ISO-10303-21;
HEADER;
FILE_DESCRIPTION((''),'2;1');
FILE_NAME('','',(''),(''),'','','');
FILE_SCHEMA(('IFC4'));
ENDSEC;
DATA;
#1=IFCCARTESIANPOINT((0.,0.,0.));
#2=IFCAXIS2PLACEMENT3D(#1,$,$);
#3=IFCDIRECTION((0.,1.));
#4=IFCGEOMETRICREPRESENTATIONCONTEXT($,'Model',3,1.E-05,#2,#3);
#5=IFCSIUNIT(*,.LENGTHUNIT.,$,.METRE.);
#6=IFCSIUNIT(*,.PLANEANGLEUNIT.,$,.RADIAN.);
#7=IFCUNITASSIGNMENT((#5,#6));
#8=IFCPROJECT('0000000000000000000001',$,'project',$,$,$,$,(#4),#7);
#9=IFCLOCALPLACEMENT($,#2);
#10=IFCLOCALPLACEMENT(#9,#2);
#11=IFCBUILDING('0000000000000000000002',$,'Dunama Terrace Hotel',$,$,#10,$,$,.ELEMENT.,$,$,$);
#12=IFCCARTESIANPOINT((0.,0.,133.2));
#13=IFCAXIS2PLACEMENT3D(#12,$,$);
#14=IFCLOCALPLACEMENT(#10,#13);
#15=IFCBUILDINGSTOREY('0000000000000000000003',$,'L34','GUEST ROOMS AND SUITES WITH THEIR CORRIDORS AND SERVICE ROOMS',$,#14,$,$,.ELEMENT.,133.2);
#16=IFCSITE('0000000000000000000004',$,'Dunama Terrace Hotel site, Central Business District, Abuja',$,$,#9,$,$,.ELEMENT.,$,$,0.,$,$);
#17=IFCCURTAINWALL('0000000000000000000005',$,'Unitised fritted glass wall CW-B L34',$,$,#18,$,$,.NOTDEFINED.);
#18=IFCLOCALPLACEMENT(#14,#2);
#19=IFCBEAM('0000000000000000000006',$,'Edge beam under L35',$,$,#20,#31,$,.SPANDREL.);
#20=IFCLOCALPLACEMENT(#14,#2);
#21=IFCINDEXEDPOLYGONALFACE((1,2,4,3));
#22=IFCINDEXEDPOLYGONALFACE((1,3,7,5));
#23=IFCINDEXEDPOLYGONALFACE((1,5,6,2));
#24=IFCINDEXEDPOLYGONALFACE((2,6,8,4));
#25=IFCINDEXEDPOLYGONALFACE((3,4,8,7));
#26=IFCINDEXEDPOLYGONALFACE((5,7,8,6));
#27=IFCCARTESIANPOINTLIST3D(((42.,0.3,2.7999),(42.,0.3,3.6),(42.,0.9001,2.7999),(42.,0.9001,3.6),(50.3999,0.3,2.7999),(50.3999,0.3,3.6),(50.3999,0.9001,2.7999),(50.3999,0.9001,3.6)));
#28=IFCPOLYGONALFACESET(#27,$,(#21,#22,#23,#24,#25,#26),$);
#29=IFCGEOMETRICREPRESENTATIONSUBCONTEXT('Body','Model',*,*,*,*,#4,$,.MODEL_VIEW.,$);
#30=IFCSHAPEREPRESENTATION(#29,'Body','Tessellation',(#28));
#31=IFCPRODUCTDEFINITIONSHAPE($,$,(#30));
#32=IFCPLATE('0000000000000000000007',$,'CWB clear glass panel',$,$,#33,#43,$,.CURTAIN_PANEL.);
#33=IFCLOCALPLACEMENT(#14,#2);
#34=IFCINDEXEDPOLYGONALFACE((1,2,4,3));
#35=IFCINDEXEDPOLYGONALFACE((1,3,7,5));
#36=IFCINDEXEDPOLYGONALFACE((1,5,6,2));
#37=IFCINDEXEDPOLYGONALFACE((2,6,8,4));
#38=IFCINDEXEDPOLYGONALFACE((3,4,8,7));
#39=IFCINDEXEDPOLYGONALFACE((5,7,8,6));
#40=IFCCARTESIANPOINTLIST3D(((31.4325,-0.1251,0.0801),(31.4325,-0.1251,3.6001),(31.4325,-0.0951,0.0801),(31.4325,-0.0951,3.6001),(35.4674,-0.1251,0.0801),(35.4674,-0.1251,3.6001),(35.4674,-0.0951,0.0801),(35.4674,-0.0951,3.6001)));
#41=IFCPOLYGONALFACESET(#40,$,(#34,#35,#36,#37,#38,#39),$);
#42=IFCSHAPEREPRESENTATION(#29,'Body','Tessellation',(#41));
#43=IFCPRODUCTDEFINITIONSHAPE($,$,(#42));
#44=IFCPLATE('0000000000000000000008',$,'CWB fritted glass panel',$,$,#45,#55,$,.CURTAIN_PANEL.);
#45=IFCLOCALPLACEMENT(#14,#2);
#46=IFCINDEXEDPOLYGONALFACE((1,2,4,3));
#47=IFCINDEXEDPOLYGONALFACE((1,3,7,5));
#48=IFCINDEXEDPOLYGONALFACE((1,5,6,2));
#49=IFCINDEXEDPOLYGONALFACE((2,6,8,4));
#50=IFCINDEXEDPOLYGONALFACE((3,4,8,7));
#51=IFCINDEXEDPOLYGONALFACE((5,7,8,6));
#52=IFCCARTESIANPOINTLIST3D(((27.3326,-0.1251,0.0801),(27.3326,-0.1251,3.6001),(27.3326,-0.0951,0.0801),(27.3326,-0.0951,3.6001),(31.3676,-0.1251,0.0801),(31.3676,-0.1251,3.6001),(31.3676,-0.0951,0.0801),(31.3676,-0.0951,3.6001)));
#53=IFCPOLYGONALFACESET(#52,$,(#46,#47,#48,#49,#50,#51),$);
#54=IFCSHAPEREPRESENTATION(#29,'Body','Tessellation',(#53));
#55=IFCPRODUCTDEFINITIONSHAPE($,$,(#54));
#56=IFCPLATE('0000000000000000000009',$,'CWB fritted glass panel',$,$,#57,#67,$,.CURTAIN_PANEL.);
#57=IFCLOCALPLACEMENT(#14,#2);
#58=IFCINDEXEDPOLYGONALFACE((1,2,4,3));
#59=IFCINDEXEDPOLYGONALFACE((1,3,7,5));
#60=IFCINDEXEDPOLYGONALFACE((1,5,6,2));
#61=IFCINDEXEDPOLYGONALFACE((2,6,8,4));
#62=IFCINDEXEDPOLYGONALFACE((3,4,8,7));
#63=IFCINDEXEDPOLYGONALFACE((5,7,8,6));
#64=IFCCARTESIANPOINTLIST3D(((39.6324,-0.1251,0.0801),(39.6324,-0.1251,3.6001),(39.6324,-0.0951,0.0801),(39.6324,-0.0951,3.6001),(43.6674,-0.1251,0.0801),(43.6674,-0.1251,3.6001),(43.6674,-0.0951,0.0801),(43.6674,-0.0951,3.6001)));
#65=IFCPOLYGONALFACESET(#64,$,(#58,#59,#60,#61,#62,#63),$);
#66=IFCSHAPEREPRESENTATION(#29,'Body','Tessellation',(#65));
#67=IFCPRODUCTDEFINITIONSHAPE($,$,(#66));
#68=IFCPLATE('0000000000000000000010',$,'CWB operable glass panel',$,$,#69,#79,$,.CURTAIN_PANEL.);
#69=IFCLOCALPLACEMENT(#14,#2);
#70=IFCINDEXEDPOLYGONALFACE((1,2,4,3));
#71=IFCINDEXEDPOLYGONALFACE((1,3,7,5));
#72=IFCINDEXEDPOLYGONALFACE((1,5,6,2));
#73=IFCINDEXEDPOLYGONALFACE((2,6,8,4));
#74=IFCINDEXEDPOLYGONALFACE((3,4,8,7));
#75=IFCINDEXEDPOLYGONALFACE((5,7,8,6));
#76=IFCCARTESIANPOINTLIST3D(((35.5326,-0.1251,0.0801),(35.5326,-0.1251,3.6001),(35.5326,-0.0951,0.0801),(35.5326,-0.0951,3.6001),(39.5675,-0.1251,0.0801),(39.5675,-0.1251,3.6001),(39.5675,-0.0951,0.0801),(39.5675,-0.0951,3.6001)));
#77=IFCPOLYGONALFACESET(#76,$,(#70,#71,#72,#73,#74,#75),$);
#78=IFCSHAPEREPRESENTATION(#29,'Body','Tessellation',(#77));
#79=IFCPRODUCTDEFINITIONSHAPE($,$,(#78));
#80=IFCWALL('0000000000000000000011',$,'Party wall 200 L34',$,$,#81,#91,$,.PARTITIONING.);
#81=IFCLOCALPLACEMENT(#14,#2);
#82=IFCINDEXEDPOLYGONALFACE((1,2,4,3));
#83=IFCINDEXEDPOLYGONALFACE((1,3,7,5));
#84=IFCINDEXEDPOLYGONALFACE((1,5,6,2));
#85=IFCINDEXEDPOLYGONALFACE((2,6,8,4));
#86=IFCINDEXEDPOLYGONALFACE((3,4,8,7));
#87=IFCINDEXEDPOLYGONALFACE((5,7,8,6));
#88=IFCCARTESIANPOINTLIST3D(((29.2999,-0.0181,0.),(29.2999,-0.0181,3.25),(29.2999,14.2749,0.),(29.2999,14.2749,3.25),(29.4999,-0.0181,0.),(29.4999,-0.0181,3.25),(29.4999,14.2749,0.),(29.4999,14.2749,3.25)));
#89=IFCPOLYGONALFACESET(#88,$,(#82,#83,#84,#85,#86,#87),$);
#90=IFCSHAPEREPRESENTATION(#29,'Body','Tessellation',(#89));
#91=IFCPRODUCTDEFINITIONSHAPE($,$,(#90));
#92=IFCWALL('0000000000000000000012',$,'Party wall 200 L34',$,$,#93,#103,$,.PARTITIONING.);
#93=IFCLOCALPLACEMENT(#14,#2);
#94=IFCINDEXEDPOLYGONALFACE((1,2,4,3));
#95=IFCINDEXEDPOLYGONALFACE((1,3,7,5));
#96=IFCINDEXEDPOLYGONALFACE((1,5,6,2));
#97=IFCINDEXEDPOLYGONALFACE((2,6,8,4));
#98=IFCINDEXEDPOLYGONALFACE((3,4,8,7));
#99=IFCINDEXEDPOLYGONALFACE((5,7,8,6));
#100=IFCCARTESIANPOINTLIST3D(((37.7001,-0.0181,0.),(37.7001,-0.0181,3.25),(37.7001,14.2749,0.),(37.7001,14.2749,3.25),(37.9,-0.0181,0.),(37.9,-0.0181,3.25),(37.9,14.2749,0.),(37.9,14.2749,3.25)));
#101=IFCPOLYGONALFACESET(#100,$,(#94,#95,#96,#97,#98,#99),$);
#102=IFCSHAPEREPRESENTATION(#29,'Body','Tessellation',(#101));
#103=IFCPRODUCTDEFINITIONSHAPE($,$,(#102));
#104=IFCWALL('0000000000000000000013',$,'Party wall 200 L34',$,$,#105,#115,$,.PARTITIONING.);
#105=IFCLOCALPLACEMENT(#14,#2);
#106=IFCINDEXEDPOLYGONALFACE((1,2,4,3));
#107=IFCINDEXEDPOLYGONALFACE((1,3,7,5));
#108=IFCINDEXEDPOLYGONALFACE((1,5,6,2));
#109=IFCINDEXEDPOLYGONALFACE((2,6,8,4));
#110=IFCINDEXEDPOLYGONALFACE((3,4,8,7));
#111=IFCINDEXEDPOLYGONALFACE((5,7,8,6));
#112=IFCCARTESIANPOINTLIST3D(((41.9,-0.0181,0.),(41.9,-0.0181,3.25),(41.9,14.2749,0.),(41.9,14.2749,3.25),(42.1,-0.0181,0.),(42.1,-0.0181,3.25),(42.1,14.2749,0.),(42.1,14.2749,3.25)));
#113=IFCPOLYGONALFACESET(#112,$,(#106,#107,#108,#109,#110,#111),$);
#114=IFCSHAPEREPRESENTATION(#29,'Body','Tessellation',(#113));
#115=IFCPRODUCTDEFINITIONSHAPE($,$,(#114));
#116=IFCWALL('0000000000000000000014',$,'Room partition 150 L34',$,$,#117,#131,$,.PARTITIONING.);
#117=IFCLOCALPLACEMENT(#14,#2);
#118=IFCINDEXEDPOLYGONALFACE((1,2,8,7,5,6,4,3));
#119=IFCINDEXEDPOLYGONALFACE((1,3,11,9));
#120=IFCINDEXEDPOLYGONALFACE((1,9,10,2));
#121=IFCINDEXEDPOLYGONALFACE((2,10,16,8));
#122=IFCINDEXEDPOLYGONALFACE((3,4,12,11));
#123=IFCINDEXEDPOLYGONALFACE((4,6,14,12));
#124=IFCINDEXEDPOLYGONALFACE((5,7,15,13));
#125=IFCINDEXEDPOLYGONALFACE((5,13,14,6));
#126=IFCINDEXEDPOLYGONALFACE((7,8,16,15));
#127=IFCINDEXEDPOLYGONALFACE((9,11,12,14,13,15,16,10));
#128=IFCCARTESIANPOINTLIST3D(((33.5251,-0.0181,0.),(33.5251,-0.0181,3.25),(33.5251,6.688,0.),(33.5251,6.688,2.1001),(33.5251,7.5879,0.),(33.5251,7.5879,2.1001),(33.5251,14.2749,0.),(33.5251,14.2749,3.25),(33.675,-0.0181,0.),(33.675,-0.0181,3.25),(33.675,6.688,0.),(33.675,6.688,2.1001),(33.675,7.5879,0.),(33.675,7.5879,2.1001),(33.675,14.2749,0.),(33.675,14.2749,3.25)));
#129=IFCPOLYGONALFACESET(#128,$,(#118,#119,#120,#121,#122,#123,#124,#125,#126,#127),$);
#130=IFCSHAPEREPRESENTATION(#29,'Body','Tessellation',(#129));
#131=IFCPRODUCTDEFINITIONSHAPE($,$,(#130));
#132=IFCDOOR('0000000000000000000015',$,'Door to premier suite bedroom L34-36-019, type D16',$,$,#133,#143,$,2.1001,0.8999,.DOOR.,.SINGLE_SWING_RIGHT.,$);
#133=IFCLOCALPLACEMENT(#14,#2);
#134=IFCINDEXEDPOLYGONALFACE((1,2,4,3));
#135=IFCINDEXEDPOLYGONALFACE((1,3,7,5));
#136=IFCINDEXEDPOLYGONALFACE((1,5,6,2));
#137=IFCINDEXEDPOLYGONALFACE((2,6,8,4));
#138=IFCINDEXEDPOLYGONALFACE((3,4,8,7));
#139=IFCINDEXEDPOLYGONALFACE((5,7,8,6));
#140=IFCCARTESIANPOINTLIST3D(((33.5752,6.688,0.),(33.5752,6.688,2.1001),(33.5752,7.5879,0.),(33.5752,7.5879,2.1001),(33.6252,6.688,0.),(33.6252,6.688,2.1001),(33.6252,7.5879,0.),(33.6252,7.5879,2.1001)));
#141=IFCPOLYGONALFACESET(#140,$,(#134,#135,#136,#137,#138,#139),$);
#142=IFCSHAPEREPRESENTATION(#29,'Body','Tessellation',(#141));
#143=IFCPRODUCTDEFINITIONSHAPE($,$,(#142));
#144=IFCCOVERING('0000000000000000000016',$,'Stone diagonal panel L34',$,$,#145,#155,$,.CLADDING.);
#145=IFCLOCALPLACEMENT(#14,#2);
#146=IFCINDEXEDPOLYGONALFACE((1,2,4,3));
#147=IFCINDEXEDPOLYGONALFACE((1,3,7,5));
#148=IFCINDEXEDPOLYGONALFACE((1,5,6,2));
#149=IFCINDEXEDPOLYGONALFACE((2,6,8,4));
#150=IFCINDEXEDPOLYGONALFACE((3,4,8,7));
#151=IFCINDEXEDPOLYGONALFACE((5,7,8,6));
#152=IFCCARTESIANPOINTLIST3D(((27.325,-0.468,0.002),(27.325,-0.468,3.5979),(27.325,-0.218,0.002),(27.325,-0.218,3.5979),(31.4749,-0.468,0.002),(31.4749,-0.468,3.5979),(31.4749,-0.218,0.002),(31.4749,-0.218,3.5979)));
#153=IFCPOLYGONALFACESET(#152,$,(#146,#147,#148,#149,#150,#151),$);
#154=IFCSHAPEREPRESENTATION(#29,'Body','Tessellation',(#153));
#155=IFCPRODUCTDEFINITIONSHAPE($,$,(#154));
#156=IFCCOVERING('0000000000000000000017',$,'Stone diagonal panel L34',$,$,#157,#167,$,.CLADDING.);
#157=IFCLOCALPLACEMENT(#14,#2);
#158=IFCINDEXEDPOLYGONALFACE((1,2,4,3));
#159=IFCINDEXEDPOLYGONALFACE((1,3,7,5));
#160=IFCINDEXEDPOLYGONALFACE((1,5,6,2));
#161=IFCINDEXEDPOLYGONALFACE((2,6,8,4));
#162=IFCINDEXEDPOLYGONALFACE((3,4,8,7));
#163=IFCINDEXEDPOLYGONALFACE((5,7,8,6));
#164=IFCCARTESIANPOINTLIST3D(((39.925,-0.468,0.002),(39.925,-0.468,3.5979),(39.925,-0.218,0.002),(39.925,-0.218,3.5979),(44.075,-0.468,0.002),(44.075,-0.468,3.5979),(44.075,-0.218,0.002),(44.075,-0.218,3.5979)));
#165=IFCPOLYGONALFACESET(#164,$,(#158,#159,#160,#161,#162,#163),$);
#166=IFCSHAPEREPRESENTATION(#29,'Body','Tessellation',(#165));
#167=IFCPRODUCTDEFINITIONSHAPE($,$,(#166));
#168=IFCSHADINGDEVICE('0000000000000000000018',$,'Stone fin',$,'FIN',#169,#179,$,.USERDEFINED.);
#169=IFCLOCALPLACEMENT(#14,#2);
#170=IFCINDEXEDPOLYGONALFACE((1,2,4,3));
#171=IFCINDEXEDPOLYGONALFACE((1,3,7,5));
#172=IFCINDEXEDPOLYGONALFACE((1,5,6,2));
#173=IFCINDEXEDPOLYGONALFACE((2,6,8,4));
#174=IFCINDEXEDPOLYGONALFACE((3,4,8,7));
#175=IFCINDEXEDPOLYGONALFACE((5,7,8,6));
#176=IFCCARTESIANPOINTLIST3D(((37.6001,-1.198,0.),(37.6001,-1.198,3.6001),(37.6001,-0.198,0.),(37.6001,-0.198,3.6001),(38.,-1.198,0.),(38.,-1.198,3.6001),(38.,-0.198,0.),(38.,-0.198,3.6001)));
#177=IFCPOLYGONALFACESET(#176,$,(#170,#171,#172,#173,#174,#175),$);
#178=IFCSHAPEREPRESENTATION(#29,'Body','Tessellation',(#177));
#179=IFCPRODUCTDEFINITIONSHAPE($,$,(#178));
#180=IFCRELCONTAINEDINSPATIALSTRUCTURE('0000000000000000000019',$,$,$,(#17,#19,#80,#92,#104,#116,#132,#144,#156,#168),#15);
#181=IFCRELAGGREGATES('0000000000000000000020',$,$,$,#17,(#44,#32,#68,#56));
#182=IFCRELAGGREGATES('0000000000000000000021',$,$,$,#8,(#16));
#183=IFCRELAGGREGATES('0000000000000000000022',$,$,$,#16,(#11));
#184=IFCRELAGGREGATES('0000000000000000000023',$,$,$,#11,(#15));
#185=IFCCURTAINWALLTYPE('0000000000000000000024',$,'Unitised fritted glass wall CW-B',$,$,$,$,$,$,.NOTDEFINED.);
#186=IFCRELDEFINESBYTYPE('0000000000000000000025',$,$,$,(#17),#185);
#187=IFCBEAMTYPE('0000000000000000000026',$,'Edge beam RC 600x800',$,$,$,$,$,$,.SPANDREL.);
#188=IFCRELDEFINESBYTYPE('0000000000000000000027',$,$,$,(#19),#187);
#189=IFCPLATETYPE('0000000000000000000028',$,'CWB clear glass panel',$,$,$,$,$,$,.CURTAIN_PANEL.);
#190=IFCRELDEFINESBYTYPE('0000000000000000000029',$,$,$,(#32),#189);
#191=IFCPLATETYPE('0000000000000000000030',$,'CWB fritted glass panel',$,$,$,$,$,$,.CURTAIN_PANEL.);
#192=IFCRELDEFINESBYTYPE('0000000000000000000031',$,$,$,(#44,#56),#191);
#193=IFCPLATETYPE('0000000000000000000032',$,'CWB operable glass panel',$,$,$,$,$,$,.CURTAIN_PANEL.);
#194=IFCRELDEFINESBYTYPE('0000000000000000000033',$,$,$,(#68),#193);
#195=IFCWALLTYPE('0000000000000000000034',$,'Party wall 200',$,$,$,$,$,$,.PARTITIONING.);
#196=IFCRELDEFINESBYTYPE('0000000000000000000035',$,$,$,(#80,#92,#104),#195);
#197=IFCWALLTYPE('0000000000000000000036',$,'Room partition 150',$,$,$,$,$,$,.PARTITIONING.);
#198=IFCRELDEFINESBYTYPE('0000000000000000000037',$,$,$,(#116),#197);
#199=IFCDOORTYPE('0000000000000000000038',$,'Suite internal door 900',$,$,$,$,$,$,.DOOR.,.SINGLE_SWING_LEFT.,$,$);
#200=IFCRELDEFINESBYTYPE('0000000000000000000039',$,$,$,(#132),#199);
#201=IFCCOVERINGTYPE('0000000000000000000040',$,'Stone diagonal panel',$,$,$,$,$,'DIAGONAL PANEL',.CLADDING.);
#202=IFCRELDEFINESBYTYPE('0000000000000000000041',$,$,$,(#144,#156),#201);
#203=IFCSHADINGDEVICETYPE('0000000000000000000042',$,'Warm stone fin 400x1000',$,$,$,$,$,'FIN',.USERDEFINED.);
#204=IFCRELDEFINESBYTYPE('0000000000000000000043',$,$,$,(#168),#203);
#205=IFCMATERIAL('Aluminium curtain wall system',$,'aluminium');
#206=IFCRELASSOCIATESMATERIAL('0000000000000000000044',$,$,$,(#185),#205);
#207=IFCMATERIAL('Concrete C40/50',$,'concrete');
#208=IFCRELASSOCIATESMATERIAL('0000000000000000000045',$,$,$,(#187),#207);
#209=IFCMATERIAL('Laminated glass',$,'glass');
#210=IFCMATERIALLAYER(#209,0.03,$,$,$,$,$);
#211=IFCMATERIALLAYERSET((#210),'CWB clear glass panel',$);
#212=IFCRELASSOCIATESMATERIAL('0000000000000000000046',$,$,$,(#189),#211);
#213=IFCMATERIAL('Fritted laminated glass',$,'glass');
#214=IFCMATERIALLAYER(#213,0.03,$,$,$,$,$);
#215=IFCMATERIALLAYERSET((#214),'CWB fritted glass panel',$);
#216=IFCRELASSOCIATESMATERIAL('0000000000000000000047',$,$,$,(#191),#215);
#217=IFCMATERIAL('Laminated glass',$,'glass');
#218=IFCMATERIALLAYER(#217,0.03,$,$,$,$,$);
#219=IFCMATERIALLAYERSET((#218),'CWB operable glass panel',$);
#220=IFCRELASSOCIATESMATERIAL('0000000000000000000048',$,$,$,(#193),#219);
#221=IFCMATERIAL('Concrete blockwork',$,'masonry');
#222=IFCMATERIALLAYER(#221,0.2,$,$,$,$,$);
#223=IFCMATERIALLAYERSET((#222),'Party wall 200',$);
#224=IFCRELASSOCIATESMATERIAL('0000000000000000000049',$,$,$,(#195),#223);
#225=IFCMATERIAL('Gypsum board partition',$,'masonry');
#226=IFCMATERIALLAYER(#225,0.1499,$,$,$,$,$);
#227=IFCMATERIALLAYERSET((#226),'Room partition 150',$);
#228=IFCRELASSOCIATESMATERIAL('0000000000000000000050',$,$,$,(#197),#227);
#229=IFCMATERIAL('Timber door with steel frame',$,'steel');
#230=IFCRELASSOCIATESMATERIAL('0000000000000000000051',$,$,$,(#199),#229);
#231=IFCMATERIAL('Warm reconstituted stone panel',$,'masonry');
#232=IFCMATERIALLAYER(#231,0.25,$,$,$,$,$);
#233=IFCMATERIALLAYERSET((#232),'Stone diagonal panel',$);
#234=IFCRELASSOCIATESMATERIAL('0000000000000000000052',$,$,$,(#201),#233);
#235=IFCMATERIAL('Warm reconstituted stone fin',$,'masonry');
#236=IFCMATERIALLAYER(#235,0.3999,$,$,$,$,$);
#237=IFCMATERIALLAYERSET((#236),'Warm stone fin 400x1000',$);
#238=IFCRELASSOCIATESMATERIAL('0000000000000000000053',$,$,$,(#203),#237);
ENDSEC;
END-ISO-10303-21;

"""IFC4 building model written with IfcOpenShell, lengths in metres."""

from ifc_helpers import new_model, si_unit, direction, frame, frame_2d, origin, origin_2d, place, context, subcontext, project, spatial, rectangle, extrude, material, layer, layer_set, material_profile, profile_set, type_object, element, fill, aggregate, save


model = new_model("IFC4")

# Units and contexts
model_context = context("Model", 3, precision=1e-05, world=origin(), true_north=direction((0.0, 1.0)))
body_context = subcontext(model_context, "Body", "Model", "MODEL_VIEW")
ifc_project = project(units=[si_unit("LENGTHUNIT", "METRE"), si_unit("PLANEANGLEUNIT", "RADIAN")], contexts=[model_context])

# Site, building, storey
site_placement = place(None, origin())
site = spatial("IfcSite", under=ifc_project, at=site_placement, Name="Dunama Terrace Hotel site, Central Business District, Abuja", CompositionType="ELEMENT", RefElevation=0.0)
building_placement = place(site_placement, origin())
building = spatial("IfcBuilding", under=site, at=building_placement, Name="Dunama Terrace Hotel", CompositionType="ELEMENT")
storey_placement = place(building_placement, frame((0.0, 0.0, 133.2)))
storey = spatial("IfcBuildingStorey", under=building, at=storey_placement, Name="L34", Description="GUEST ROOMS AND SUITES WITH THEIR CORRIDORS AND SERVICE ROOMS", CompositionType="ELEMENT", Elevation=133.2)

# Curtain wall
ifc_material_1 = material(Name="Aluminium curtain wall system", Category="aluminium")
curtain_wall_type = type_object("IfcCurtainWallType", Name="Unitised fritted glass wall CW-B", PredefinedType="NOTDEFINED", material=ifc_material_1)
curtain_wall_placement = place(storey_placement, origin())
curtain_wall = element("IfcCurtainWall", 1, at=curtain_wall_placement, inside=storey, type_object=curtain_wall_type, Name="Unitised fritted glass wall CW-B L34", PredefinedType="NOTDEFINED")

# Beam
ifc_material_2 = material(Name="Concrete C40/50", Category="concrete")
ifc_material_profile_1 = material_profile(ifc_material_2, rectangle(XDim=0.6001, YDim=0.8, at=origin_2d()), Name="RC 600x800")
ifc_profile_set_1 = profile_set([ifc_material_profile_1], Name="Concrete C40/50")
beam_type = type_object("IfcBeamType", Name="Edge beam RC 600x800", PredefinedType="SPANDREL", material=ifc_profile_set_1)
for number, where, z_axis, x_axis, name in (
    (2, (42.0, 0.6001, 3.2), (1.0, 0.0, 0.0), (0.0, 1.0, 0.0), "Edge beam under L35"),
):
    element("IfcBeam", number, at=place(storey_placement, frame(where, z_axis=z_axis, x_axis=x_axis)), inside=storey, type_object=beam_type, Name=name, PredefinedType="SPANDREL", context=body_context, shape_type="SweptSolid", body=[
        extrude(rectangle(XDim=0.6001, YDim=0.8, at=origin_2d()), origin(), (0.0, 0.0, 1.0), 8.3999),
    ])

# Plates
ifc_material_3 = material(Name="Laminated glass", Category="glass")
ifc_layer_1 = layer(ifc_material_3, 0.03)
ifc_layer_set_1 = layer_set([ifc_layer_1], Name="CWB clear glass panel")
plate_type_1 = type_object("IfcPlateType", Name="CWB clear glass panel", PredefinedType="CURTAIN_PANEL", material=ifc_layer_set_1)
plate_1_placement = place(storey_placement, frame((33.45, -0.1101, 0.0801), z_axis=(0.0, 0.0, 1.0), x_axis=(1.0, 0.0, 0.0)))
plate_1 = element("IfcPlate", 3, at=plate_1_placement, type_object=plate_type_1, Name="CWB clear glass panel", PredefinedType="CURTAIN_PANEL", context=body_context, shape_type="SweptSolid", body=[
    extrude(rectangle(XDim=4.0349, YDim=0.03, at=origin_2d()), origin(), (0.0, 0.0, 1.0), 3.52),
])
ifc_material_4 = material(Name="Fritted laminated glass", Category="glass")
ifc_layer_2 = layer(ifc_material_4, 0.03)
ifc_layer_set_2 = layer_set([ifc_layer_2], Name="CWB fritted glass panel")
plate_type_2 = type_object("IfcPlateType", Name="CWB fritted glass panel", PredefinedType="CURTAIN_PANEL", material=ifc_layer_set_2)
plate_2_placement = place(storey_placement, frame((29.3501, -0.1101, 0.0801), z_axis=(0.0, 0.0, 1.0), x_axis=(1.0, 0.0, 0.0)))
plate_2 = element("IfcPlate", 4, at=plate_2_placement, type_object=plate_type_2, Name="CWB fritted glass panel", PredefinedType="CURTAIN_PANEL", context=body_context, shape_type="SweptSolid", body=[
    extrude(rectangle(XDim=4.0349, YDim=0.03, at=origin_2d()), origin(), (0.0, 0.0, 1.0), 3.52),
])
plate_3_placement = place(storey_placement, frame((41.6499, -0.1101, 0.0801), z_axis=(0.0, 0.0, 1.0), x_axis=(1.0, 0.0, 0.0)))
plate_3 = element("IfcPlate", 5, at=plate_3_placement, type_object=plate_type_2, Name="CWB fritted glass panel", PredefinedType="CURTAIN_PANEL", context=body_context, shape_type="SweptSolid", body=[
    extrude(rectangle(XDim=4.0349, YDim=0.03, at=origin_2d()), origin(), (0.0, 0.0, 1.0), 3.52),
])
ifc_material_5 = material(Name="Laminated glass", Category="glass")
ifc_layer_3 = layer(ifc_material_5, 0.03)
ifc_layer_set_3 = layer_set([ifc_layer_3], Name="CWB operable glass panel")
plate_type_3 = type_object("IfcPlateType", Name="CWB operable glass panel", PredefinedType="CURTAIN_PANEL", material=ifc_layer_set_3)
plate_4_placement = place(storey_placement, frame((37.55, -0.1101, 0.0801), z_axis=(0.0, 0.0, 1.0), x_axis=(1.0, 0.0, 0.0)))
plate_4 = element("IfcPlate", 6, at=plate_4_placement, type_object=plate_type_3, Name="CWB operable glass panel", PredefinedType="CURTAIN_PANEL", context=body_context, shape_type="SweptSolid", body=[
    extrude(rectangle(XDim=4.0349, YDim=0.03, at=origin_2d()), origin(), (0.0, 0.0, 1.0), 3.52),
])
aggregate(curtain_wall, [plate_2, plate_1, plate_4, plate_3])

# Walls
ifc_material_6 = material(Name="Concrete blockwork", Category="masonry")
ifc_layer_4 = layer(ifc_material_6, 0.2)
ifc_layer_set_4 = layer_set([ifc_layer_4], Name="Party wall 200")
wall_type_1 = type_object("IfcWallType", Name="Party wall 200", PredefinedType="PARTITIONING", material=ifc_layer_set_4)
for number, where, z_axis, x_axis, name in (
    (7, (29.3999, -0.0181, 0.0), (0.0, 0.0, 1.0), (0.0, 1.0, 0.0), "Party wall 200 L34"),
    (8, (37.8, -0.0181, 0.0), (0.0, 0.0, 1.0), (0.0, 1.0, 0.0), "Party wall 200 L34"),
    (9, (42.0, -0.0181, 0.0), (0.0, 0.0, 1.0), (0.0, 1.0, 0.0), "Party wall 200 L34"),
):
    element("IfcWall", number, at=place(storey_placement, frame(where, z_axis=z_axis, x_axis=x_axis)), inside=storey, type_object=wall_type_1, Name=name, PredefinedType="PARTITIONING", context=body_context, shape_type="SweptSolid", body=[
        extrude(rectangle(XDim=14.293, YDim=0.2, at=frame_2d((7.1465, 0.0))), origin(), (0.0, 0.0, 1.0), 3.25),
    ])

# Wall, opening, door
ifc_material_7 = material(Name="Gypsum board partition", Category="masonry")
ifc_layer_5 = layer(ifc_material_7, 0.1499)
ifc_layer_set_5 = layer_set([ifc_layer_5], Name="Room partition 150")
wall_type_2 = type_object("IfcWallType", Name="Room partition 150", PredefinedType="PARTITIONING", material=ifc_layer_set_5)
wall_placement = place(storey_placement, frame((33.6001, -0.0181, 0.0), z_axis=(0.0, 0.0, 1.0), x_axis=(0.0, 1.0, 0.0)))
wall = element("IfcWall", 10, at=wall_placement, inside=storey, type_object=wall_type_2, Name="Room partition 150 L34", PredefinedType="PARTITIONING", context=body_context, shape_type="SweptSolid", body=[
    extrude(rectangle(XDim=14.293, YDim=0.1499, at=frame_2d((7.1465, 0.0))), origin(), (0.0, 0.0, 1.0), 3.25),
])
opening_placement = place(wall_placement, frame((6.7061, 0.0, 0.0)))
opening = element("IfcOpeningElement", 11, at=opening_placement, cuts=wall, PredefinedType="OPENING", context=body_context, shape_type="SweptSolid", body=[
    extrude(rectangle(XDim=0.8999, YDim=2.1001, at=frame_2d((0.45, 1.05))), frame((0.0, 0.085, 0.0), z_axis=(0.0, -1.0, 0.0), x_axis=(1.0, 0.0, 0.0)), (0.0, 0.0, 1.0), 0.1699),
])
ifc_material_8 = material(Name="Timber door with steel frame", Category="steel")
door_type = type_object("IfcDoorType", Name="Suite internal door 900", OperationType="SINGLE_SWING_LEFT", PredefinedType="DOOR", material=ifc_material_8)
door_placement = place(opening_placement, frame((0.8999, 0.0, 0.0), z_axis=(0.0, 0.0, 1.0), x_axis=(-1.0, 0.0, 0.0)))
door = element("IfcDoor", 12, at=door_placement, inside=storey, type_object=door_type, Name="Door to premier suite bedroom L34-36-019, type D16", OperationType="SINGLE_SWING_RIGHT", OverallHeight=2.1001, OverallWidth=0.8999, PredefinedType="DOOR", context=body_context, shape_type="SweptSolid", body=[
    extrude(rectangle(XDim=0.8999, YDim=2.1001, at=frame_2d((0.45, 1.05))), frame((0.0, 0.0251, 0.0), z_axis=(0.0, -1.0, 0.0), x_axis=(1.0, 0.0, 0.0)), (0.0, 0.0, 1.0), 0.05),
])
fill(opening, door)

# Coverings
ifc_material_9 = material(Name="Warm reconstituted stone panel", Category="masonry")
ifc_layer_6 = layer(ifc_material_9, 0.25)
ifc_layer_set_6 = layer_set([ifc_layer_6], Name="Stone diagonal panel")
covering_type = type_object("IfcCoveringType", Name="Stone diagonal panel", ElementType="DIAGONAL PANEL", PredefinedType="CLADDING", material=ifc_layer_set_6)
for number, where, z_axis, x_axis, name in (
    (13, (29.3999, -0.343, 0.002), (0.0, 0.0, 1.0), (1.0, 0.0, 0.0), "Stone diagonal panel L34"),
    (14, (42.0, -0.343, 0.002), (0.0, 0.0, 1.0), (1.0, 0.0, 0.0), "Stone diagonal panel L34"),
):
    element("IfcCovering", number, at=place(storey_placement, frame(where, z_axis=z_axis, x_axis=x_axis)), inside=storey, type_object=covering_type, Name=name, PredefinedType="CLADDING", context=body_context, shape_type="SweptSolid", body=[
        extrude(rectangle(XDim=4.1499, YDim=0.25, at=origin_2d()), origin(), (0.0, 0.0, 1.0), 3.5959),
    ])

# Shading device
ifc_material_10 = material(Name="Warm reconstituted stone fin", Category="masonry")
ifc_layer_7 = layer(ifc_material_10, 0.3999)
ifc_layer_set_7 = layer_set([ifc_layer_7], Name="Warm stone fin 400x1000")
shading_device_type = type_object("IfcShadingDeviceType", Name="Warm stone fin 400x1000", ElementType="FIN", PredefinedType="USERDEFINED", material=ifc_layer_set_7)
shading_device_placement = place(storey_placement, frame((37.8, -0.698, 0.0), z_axis=(0.0, 0.0, 1.0), x_axis=(1.0, 0.0, 0.0)))
element("IfcShadingDevice", 15, at=shading_device_placement, inside=storey, type_object=shading_device_type, Name="Stone fin", ObjectType="FIN", PredefinedType="USERDEFINED", context=body_context, shape_type="SweptSolid", body=[
    extrude(rectangle(XDim=0.3999, YDim=1.0, at=origin_2d()), origin(), (0.0, 0.0, 1.0), 3.6001),
])

save(model, "model.ifc")
